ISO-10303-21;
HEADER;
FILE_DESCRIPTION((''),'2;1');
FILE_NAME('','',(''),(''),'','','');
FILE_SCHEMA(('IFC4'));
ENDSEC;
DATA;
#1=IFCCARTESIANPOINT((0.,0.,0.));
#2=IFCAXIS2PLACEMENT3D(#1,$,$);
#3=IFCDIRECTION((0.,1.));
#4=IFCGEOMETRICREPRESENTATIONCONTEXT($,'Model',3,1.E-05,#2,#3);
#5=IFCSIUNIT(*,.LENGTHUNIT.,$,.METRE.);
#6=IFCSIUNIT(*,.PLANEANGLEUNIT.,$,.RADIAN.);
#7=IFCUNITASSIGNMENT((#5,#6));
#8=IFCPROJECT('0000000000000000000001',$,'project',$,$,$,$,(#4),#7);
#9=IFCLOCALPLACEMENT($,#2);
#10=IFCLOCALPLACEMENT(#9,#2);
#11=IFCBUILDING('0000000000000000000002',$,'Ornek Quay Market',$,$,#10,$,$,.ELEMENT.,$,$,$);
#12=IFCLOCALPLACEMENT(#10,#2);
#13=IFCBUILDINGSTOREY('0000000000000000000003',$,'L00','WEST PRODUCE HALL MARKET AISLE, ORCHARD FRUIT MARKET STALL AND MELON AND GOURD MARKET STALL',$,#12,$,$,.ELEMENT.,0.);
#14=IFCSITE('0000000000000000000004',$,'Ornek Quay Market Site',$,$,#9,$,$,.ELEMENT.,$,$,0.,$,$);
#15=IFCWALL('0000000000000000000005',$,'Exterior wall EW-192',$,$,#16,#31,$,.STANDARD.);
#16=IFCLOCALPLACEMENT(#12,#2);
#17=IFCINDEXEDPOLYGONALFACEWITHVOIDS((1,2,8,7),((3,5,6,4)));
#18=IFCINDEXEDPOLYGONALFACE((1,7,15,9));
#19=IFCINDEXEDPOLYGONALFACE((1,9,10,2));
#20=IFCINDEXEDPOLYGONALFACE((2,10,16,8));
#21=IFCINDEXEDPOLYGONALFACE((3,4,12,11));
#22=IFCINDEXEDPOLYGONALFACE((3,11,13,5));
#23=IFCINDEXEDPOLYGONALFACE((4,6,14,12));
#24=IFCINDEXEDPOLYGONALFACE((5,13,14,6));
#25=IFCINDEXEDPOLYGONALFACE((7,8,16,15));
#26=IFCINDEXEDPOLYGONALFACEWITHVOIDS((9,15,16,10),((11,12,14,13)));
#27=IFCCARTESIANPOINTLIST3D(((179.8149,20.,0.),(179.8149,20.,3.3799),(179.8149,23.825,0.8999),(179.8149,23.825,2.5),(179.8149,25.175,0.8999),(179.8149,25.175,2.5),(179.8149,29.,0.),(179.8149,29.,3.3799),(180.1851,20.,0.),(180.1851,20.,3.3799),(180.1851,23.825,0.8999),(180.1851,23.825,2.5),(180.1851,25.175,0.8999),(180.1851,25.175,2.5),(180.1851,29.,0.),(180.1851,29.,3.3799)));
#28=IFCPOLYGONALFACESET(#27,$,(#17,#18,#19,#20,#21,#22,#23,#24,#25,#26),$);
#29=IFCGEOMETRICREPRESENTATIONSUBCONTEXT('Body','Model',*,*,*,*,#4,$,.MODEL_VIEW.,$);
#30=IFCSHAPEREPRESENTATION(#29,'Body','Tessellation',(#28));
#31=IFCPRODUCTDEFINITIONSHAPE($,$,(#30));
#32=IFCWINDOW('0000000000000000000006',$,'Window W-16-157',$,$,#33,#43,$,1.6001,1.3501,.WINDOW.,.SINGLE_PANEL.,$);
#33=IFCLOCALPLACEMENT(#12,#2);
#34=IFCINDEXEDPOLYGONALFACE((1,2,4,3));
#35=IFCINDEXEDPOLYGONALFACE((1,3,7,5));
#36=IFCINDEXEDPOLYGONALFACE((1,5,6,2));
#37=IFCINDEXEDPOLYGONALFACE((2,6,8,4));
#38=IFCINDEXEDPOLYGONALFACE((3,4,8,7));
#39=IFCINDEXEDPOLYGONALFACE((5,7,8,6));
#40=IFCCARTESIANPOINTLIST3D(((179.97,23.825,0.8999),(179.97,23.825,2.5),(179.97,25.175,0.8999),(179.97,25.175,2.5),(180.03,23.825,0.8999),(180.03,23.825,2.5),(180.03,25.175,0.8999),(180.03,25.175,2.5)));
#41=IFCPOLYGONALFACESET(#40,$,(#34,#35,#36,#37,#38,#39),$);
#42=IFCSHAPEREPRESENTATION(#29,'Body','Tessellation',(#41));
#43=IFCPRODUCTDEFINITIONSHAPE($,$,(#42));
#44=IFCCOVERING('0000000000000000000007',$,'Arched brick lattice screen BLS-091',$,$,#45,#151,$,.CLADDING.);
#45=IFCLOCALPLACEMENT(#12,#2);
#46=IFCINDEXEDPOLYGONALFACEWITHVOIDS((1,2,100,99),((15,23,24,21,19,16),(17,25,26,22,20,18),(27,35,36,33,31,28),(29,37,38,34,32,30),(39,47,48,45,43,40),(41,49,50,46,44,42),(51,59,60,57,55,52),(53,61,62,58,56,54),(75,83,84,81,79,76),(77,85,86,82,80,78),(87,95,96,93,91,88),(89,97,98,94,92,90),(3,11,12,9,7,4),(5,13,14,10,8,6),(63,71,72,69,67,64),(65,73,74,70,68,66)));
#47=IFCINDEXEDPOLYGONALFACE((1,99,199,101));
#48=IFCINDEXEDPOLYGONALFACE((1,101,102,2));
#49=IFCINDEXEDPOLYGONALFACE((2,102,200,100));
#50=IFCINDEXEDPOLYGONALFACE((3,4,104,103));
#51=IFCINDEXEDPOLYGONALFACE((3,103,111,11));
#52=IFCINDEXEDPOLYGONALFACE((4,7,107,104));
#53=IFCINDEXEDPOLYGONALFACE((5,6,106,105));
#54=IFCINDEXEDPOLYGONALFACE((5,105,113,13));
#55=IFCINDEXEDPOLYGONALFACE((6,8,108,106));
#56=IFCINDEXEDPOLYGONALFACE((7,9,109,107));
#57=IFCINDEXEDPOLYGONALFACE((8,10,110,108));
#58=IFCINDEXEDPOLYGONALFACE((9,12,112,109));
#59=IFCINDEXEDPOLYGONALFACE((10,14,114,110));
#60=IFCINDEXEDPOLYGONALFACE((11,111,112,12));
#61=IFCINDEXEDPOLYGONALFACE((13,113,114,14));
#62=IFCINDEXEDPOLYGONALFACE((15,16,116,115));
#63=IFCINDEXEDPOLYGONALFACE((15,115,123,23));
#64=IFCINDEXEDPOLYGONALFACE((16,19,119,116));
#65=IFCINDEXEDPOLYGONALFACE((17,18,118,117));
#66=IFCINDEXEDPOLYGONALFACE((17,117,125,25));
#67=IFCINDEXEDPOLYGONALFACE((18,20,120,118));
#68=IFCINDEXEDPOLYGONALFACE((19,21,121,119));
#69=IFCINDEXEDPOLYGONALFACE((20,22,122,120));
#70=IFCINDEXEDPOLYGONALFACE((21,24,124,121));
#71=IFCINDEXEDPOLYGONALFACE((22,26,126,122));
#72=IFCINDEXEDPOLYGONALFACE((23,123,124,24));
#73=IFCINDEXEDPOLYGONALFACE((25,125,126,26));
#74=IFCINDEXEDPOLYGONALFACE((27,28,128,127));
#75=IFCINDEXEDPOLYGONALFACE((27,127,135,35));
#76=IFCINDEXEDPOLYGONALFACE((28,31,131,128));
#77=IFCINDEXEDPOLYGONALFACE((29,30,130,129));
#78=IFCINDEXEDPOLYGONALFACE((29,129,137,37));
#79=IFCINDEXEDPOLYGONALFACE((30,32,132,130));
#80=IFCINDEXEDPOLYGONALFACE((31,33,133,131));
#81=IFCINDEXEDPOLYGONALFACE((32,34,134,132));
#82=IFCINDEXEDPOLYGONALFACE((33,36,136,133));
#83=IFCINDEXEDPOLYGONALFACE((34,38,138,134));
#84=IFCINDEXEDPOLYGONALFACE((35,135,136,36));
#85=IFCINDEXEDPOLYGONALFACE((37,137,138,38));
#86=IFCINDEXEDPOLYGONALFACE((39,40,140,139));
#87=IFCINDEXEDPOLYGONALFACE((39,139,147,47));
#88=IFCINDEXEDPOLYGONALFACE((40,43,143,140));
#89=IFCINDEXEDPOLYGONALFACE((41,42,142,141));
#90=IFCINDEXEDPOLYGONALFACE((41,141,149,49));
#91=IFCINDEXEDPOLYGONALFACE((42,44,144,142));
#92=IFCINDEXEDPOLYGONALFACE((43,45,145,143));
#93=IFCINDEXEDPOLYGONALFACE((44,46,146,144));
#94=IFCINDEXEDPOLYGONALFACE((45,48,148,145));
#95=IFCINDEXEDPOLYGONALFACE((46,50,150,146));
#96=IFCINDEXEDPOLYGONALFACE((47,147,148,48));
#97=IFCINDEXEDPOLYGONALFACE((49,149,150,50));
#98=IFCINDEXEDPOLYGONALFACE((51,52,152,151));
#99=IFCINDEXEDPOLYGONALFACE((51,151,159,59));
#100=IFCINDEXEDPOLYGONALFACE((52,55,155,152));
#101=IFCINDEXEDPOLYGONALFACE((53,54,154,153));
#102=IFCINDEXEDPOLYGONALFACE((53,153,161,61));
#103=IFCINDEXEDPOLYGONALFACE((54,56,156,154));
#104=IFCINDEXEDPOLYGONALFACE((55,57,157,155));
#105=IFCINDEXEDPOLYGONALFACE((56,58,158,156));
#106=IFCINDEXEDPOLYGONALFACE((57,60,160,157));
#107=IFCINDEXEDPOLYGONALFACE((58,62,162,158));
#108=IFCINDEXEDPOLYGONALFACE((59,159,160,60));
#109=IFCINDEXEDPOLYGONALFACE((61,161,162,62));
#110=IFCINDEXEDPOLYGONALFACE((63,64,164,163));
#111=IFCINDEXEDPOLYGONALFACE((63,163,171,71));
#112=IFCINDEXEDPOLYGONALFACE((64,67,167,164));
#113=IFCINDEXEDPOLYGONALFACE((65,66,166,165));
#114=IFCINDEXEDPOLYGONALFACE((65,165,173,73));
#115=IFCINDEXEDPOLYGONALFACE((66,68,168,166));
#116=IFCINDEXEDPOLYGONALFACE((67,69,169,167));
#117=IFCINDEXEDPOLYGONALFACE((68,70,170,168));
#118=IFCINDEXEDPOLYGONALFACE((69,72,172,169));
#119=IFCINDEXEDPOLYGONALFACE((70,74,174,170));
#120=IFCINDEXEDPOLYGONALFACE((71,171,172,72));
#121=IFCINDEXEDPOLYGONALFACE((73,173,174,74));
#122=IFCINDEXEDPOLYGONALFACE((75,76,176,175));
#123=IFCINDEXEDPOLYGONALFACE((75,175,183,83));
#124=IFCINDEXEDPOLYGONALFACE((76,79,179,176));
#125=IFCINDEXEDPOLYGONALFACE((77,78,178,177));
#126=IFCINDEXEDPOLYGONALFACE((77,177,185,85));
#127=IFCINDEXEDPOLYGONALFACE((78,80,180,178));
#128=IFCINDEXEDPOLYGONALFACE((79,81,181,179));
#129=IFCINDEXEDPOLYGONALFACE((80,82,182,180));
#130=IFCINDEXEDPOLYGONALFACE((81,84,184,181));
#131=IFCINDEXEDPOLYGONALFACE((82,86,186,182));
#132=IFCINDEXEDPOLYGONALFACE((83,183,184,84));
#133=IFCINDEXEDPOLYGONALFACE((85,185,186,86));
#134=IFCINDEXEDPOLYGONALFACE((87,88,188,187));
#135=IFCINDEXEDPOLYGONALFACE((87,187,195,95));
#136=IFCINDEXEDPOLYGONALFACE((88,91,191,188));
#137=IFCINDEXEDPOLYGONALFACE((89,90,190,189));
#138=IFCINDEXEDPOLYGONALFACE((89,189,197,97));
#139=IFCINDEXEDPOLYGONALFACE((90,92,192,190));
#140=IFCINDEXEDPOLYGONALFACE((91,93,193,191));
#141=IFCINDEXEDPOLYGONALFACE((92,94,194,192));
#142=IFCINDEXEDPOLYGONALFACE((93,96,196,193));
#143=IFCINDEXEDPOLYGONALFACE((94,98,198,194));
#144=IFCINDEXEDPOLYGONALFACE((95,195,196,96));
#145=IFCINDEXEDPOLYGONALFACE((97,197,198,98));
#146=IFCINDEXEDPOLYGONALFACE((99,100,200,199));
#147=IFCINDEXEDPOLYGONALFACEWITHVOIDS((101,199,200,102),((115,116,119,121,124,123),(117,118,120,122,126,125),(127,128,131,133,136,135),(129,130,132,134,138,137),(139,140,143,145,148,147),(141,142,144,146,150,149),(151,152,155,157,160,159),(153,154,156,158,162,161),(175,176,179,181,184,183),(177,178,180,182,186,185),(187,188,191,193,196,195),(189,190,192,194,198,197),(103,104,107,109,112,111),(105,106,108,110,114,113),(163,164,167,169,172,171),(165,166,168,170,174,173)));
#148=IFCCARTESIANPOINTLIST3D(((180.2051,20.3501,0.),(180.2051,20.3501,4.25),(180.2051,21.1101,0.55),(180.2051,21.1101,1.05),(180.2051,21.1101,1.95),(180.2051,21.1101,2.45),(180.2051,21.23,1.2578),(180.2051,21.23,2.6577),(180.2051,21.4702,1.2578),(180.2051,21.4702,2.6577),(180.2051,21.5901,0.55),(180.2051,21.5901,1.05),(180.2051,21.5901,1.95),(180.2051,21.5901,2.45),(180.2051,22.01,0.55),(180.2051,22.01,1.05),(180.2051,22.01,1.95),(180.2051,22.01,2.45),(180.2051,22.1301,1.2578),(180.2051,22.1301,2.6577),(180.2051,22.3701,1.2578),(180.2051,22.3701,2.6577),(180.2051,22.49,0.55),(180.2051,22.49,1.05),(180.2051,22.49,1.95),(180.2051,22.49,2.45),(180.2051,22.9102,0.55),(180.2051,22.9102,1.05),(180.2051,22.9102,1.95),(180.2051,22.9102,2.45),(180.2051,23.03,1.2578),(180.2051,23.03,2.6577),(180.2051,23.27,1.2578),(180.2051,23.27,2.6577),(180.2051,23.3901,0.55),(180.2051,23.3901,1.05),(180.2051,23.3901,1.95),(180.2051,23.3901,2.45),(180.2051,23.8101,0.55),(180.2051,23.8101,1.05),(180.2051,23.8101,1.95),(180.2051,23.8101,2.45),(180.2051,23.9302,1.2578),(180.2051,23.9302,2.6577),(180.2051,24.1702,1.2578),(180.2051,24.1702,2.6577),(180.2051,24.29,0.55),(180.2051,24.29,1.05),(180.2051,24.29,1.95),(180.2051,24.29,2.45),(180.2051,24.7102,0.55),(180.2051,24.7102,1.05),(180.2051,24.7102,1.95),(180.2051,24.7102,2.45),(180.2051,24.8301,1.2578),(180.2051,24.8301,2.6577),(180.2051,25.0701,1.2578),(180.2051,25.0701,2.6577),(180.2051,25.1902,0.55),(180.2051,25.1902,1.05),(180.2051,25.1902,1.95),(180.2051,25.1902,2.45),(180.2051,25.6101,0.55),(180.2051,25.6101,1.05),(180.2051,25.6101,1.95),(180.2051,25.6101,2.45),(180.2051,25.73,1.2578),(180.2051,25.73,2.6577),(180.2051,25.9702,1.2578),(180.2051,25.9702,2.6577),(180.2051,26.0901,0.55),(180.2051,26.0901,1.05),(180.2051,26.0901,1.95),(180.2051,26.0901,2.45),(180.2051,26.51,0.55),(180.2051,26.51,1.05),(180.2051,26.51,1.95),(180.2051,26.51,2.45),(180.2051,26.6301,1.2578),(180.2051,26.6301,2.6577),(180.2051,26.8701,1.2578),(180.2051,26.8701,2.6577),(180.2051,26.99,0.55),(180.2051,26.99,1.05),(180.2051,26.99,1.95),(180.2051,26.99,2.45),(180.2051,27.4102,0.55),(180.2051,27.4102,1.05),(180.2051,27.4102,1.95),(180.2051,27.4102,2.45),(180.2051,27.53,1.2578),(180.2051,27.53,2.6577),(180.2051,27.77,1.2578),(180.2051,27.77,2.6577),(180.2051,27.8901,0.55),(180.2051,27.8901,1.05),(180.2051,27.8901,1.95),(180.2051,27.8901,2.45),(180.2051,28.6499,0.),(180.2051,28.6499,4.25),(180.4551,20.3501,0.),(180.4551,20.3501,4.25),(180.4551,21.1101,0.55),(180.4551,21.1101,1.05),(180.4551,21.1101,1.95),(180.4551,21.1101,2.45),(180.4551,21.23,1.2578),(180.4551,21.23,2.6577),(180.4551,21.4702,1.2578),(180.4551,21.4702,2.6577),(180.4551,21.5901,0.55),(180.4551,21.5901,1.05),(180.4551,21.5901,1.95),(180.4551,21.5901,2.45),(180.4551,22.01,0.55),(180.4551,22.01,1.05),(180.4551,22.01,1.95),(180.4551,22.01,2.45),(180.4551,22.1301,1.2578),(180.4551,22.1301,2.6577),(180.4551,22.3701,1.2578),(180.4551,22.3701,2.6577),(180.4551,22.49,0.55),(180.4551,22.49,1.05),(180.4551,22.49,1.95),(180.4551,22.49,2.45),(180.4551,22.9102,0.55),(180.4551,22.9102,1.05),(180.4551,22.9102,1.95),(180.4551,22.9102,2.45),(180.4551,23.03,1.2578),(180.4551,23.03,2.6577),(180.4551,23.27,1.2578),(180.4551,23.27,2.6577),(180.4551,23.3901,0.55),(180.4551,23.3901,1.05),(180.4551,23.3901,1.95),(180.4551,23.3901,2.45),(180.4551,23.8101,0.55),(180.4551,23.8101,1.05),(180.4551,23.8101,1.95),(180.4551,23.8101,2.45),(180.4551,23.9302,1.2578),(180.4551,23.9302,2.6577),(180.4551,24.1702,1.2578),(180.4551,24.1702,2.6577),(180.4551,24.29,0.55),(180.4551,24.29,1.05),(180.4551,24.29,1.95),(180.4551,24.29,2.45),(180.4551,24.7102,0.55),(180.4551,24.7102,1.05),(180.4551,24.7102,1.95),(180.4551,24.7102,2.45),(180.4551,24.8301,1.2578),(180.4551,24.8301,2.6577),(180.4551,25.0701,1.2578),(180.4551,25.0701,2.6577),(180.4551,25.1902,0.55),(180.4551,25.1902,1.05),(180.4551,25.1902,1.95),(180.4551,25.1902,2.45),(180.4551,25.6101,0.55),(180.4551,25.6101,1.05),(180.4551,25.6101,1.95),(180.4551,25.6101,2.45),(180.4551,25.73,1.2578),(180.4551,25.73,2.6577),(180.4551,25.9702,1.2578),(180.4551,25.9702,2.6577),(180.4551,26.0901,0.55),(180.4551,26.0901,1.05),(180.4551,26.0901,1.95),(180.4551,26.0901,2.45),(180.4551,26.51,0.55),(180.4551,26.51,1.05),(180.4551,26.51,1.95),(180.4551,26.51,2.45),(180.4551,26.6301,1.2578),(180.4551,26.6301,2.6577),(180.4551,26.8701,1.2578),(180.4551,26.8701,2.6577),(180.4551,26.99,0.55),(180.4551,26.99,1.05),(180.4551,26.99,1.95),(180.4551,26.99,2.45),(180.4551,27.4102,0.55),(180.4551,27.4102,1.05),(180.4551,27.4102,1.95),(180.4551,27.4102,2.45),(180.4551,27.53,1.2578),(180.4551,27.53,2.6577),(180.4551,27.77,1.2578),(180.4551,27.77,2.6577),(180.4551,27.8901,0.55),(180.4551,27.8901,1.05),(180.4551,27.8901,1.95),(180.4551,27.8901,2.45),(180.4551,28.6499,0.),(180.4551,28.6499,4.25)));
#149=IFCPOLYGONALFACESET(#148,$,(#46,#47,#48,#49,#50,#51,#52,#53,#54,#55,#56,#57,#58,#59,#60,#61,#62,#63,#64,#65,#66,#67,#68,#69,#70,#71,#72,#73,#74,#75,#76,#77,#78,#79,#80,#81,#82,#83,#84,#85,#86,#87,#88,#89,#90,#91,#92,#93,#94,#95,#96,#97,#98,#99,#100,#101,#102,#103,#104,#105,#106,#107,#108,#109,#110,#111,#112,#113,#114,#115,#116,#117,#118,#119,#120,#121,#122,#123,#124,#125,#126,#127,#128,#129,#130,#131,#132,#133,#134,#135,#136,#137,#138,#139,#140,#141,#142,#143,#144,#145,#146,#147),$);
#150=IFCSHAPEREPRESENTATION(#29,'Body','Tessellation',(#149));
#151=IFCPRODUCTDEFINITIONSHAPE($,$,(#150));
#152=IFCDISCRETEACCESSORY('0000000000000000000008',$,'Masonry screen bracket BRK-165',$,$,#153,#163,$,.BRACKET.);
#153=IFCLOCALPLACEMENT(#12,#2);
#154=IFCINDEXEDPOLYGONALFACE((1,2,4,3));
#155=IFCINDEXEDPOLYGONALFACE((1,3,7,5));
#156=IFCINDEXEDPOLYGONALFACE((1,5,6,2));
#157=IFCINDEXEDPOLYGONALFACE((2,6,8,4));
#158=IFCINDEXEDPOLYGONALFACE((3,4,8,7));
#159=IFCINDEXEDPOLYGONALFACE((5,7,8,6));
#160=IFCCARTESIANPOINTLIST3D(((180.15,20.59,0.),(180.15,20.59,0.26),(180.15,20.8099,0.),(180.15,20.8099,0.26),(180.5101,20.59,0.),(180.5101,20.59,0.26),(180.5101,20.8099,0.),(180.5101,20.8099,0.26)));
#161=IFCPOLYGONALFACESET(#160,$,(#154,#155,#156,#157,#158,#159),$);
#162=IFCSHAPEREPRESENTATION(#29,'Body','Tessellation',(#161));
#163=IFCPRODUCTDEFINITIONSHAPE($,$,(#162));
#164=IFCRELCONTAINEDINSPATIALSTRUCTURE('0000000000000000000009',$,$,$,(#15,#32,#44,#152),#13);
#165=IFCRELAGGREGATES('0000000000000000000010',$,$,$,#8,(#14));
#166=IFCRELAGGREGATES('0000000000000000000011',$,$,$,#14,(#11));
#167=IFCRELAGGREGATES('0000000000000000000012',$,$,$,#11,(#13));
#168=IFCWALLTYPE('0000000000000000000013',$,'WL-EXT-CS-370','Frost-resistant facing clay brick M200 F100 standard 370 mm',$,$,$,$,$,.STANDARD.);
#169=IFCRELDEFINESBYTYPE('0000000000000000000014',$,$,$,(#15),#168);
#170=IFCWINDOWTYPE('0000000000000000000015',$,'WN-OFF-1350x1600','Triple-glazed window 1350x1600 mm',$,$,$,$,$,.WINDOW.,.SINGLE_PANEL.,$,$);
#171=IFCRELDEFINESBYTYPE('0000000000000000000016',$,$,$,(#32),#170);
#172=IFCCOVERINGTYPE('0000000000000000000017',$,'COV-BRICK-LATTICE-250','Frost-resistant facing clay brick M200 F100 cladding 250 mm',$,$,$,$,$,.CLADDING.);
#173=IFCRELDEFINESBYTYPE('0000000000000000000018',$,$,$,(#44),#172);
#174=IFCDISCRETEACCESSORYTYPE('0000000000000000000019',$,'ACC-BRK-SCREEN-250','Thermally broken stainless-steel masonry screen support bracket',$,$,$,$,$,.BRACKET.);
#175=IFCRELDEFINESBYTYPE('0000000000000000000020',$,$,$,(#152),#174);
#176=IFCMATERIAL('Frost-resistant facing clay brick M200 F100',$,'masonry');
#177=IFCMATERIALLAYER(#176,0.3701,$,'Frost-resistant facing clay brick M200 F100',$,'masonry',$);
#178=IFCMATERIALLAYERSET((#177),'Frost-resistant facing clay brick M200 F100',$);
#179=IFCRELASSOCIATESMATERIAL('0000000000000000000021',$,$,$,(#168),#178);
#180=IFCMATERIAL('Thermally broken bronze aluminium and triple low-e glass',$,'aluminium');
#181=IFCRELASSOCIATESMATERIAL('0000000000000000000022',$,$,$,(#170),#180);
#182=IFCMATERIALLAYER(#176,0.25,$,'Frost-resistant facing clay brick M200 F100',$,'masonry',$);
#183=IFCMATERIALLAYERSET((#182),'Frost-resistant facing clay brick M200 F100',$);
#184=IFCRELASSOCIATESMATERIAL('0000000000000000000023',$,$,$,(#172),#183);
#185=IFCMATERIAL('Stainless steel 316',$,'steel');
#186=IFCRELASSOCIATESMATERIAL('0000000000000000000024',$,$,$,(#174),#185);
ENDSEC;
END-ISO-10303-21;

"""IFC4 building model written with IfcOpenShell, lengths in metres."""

from ifc_helpers import new_model, si_unit, direction, frame, frame_2d, origin, origin_2d, place, context, subcontext, project, spatial, polyline, rectangle, outline, extrude, material, layer, layer_set, type_object, element, fill, save


model = new_model("IFC4")

# Units and contexts
model_context = context("Model", 3, precision=1e-05, world=origin(), true_north=direction((0.0, 1.0)))
body_context = subcontext(model_context, "Body", "Model", "MODEL_VIEW")
ifc_project = project(units=[si_unit("LENGTHUNIT", "METRE"), si_unit("PLANEANGLEUNIT", "RADIAN")], contexts=[model_context])

# Site, building, storey
site_placement = place(None, origin())
site = spatial("IfcSite", under=ifc_project, at=site_placement, Name="Ornek Quay Market Site", CompositionType="ELEMENT", RefElevation=0.0)
building_placement = place(site_placement, origin())
building = spatial("IfcBuilding", under=site, at=building_placement, Name="Ornek Quay Market", CompositionType="ELEMENT")
storey_placement = place(building_placement, origin())
storey = spatial("IfcBuildingStorey", under=building, at=storey_placement, Name="L00", Description="WEST PRODUCE HALL MARKET AISLE, ORCHARD FRUIT MARKET STALL AND MELON AND GOURD MARKET STALL", CompositionType="ELEMENT", Elevation=0.0)

# Shared definitions
ifc_material_1 = material(Name="Frost-resistant facing clay brick M200 F100", Category="masonry")
ifc_layer_1 = layer(ifc_material_1, 0.3701, Name="Frost-resistant facing clay brick M200 F100", Category="masonry")
ifc_layer_set_1 = layer_set([ifc_layer_1], Name="Frost-resistant facing clay brick M200 F100")
wall_type_1 = type_object("IfcWallType", Name="WL-EXT-CS-370", Description="Frost-resistant facing clay brick M200 F100 standard 370 mm", PredefinedType="STANDARD", material=ifc_layer_set_1)

# Wall, opening, window
wall_1_placement = place(storey_placement, frame((180.0, 20.0, 0.0), z_axis=(0.0, 0.0, 1.0), x_axis=(0.0, 1.0, 0.0)))
wall_1 = element("IfcWall", 1, at=wall_1_placement, inside=storey, type_object=wall_type_1, Name="Exterior wall EW-192", PredefinedType="STANDARD", context=body_context, shape_type="SweptSolid", body=[
    extrude(rectangle(XDim=9.0, YDim=0.3701, at=frame_2d((4.5, 0.0))), origin(), (0.0, 0.0, 1.0), 3.3799),
])
opening_1_placement = place(wall_1_placement, frame((3.825, 0.0, 0.8999)))
opening_1 = element("IfcOpeningElement", 2, at=opening_1_placement, cuts=wall_1, PredefinedType="OPENING", context=body_context, shape_type="SweptSolid", body=[
    extrude(rectangle(XDim=1.3501, YDim=1.6001, at=frame_2d((0.675, 0.8))), frame((0.0, 0.1951, 0.0), z_axis=(0.0, -1.0, 0.0), x_axis=(1.0, 0.0, 0.0)), (0.0, 0.0, 1.0), 0.3901),
])
ifc_material_2 = material(Name="Thermally broken bronze aluminium and triple low-e glass", Category="aluminium")
window_type = type_object("IfcWindowType", Name="WN-OFF-1350x1600", Description="Triple-glazed window 1350x1600 mm", PartitioningType="SINGLE_PANEL", PredefinedType="WINDOW", material=ifc_material_2)
window_placement = place(opening_1_placement, origin())
window = element("IfcWindow", 3, at=window_placement, inside=storey, type_object=window_type, Name="Window W-16-157", OverallHeight=1.6001, OverallWidth=1.3501, PartitioningType="SINGLE_PANEL", PredefinedType="WINDOW", context=body_context, shape_type="SweptSolid", body=[
    extrude(rectangle(XDim=1.3501, YDim=1.6001, at=frame_2d((0.675, 0.8))), frame((0.0, 0.03, 0.0), z_axis=(0.0, -1.0, 0.0), x_axis=(1.0, 0.0, 0.0)), (0.0, 0.0, 1.0), 0.0601),
])
fill(opening_1, window)

# Covering
ifc_layer_2 = layer(ifc_material_1, 0.25, Name="Frost-resistant facing clay brick M200 F100", Category="masonry")
ifc_layer_set_2 = layer_set([ifc_layer_2], Name="Frost-resistant facing clay brick M200 F100")
covering_type = type_object("IfcCoveringType", Name="COV-BRICK-LATTICE-250", Description="Frost-resistant facing clay brick M200 F100 cladding 250 mm", PredefinedType="CLADDING", material=ifc_layer_set_2)
covering_placement = place(storey_placement, frame((180.3301, 20.3501, 0.0), z_axis=(0.0, 0.0, 1.0), x_axis=(0.0, 1.0, 0.0)))
element("IfcCovering", 4, at=covering_placement, inside=storey, type_object=covering_type, Name="Arched brick lattice screen BLS-091", PredefinedType="CLADDING", context=body_context, shape_type="SweptSolid", body=[
    extrude(outline(polyline([(0.0, 0.0), (8.2998, 0.0), (8.2998, 4.25), (0.0, 4.25), (0.0, 0.0)]), holes=[polyline([(0.76, 0.55), (1.24, 0.55), (1.24, 1.05), (1.1201, 1.2578), (0.8799, 1.2578), (0.76, 1.05), (0.76, 0.55)]), polyline([(0.76, 1.95), (1.24, 1.95), (1.24, 2.45), (1.1201, 2.6577), (0.8799, 2.6577), (0.76, 2.45), (0.76, 1.95)]), polyline([(1.6599, 0.55), (2.1399, 0.55), (2.1399, 1.05), (2.02, 1.2578), (1.78, 1.2578), (1.6599, 1.05), (1.6599, 0.55)]), polyline([(1.6599, 1.95), (2.1399, 1.95), (2.1399, 2.45), (2.02, 2.6577), (1.78, 2.6577), (1.6599, 2.45), (1.6599, 1.95)]), polyline([(2.5601, 0.55), (3.04, 0.55), (3.04, 1.05), (2.9199, 1.2578), (2.6799, 1.2578), (2.5601, 1.05), (2.5601, 0.55)]), polyline([(2.5601, 1.95), (3.04, 1.95), (3.04, 2.45), (2.9199, 2.6577), (2.6799, 2.6577), (2.5601, 2.45), (2.5601, 1.95)]), polyline([(3.46, 0.55), (3.9399, 0.55), (3.9399, 1.05), (3.8201, 1.2578), (3.5801, 1.2578), (3.46, 1.05), (3.46, 0.55)]), polyline([(3.46, 1.95), (3.9399, 1.95), (3.9399, 2.45), (3.8201, 2.6577), (3.5801, 2.6577), (3.46, 2.45), (3.46, 1.95)]), polyline([(4.3601, 0.55), (4.8401, 0.55), (4.8401, 1.05), (4.72, 1.2578), (4.48, 1.2578), (4.3601, 1.05), (4.3601, 0.55)]), polyline([(4.3601, 1.95), (4.8401, 1.95), (4.8401, 2.45), (4.72, 2.6577), (4.48, 2.6577), (4.3601, 2.45), (4.3601, 1.95)]), polyline([(5.26, 0.55), (5.74, 0.55), (5.74, 1.05), (5.6201, 1.2578), (5.3799, 1.2578), (5.26, 1.05), (5.26, 0.55)]), polyline([(5.26, 1.95), (5.74, 1.95), (5.74, 2.45), (5.6201, 2.6577), (5.3799, 2.6577), (5.26, 2.45), (5.26, 1.95)]), polyline([(6.1599, 0.55), (6.6399, 0.55), (6.6399, 1.05), (6.52, 1.2578), (6.28, 1.2578), (6.1599, 1.05), (6.1599, 0.55)]), polyline([(6.1599, 1.95), (6.6399, 1.95), (6.6399, 2.45), (6.52, 2.6577), (6.28, 2.6577), (6.1599, 2.45), (6.1599, 1.95)]), polyline([(7.0601, 0.55), (7.54, 0.55), (7.54, 1.05), (7.4199, 1.2578), (7.1799, 1.2578), (7.0601, 1.05), (7.0601, 0.55)]), polyline([(7.0601, 1.95), (7.54, 1.95), (7.54, 2.45), (7.4199, 2.6577), (7.1799, 2.6577), (7.0601, 2.45), (7.0601, 1.95)])]), frame((0.0, 0.125, 0.0), z_axis=(0.0, -1.0, 0.0), x_axis=(1.0, 0.0, 0.0)), (0.0, 0.0, 1.0), 0.25),
])

# Discrete accessory
ifc_material_3 = material(Name="Stainless steel 316", Category="steel")
discrete_accessory_type = type_object("IfcDiscreteAccessoryType", Name="ACC-BRK-SCREEN-250", Description="Thermally broken stainless-steel masonry screen support bracket", PredefinedType="BRACKET", material=ifc_material_3)
discrete_accessory_placement = place(storey_placement, frame((180.3301, 20.7, 0.0), z_axis=(0.0, 0.0, 1.0), x_axis=(0.0, 1.0, 0.0)))
element("IfcDiscreteAccessory", 5, at=discrete_accessory_placement, inside=storey, type_object=discrete_accessory_type, Name="Masonry screen bracket BRK-165", PredefinedType="BRACKET", context=body_context, shape_type="SweptSolid", body=[
    extrude(rectangle(XDim=0.22, YDim=0.3601, at=origin_2d()), origin(), (0.0, 0.0, 1.0), 0.26),
])

save(model, "model.ifc")
